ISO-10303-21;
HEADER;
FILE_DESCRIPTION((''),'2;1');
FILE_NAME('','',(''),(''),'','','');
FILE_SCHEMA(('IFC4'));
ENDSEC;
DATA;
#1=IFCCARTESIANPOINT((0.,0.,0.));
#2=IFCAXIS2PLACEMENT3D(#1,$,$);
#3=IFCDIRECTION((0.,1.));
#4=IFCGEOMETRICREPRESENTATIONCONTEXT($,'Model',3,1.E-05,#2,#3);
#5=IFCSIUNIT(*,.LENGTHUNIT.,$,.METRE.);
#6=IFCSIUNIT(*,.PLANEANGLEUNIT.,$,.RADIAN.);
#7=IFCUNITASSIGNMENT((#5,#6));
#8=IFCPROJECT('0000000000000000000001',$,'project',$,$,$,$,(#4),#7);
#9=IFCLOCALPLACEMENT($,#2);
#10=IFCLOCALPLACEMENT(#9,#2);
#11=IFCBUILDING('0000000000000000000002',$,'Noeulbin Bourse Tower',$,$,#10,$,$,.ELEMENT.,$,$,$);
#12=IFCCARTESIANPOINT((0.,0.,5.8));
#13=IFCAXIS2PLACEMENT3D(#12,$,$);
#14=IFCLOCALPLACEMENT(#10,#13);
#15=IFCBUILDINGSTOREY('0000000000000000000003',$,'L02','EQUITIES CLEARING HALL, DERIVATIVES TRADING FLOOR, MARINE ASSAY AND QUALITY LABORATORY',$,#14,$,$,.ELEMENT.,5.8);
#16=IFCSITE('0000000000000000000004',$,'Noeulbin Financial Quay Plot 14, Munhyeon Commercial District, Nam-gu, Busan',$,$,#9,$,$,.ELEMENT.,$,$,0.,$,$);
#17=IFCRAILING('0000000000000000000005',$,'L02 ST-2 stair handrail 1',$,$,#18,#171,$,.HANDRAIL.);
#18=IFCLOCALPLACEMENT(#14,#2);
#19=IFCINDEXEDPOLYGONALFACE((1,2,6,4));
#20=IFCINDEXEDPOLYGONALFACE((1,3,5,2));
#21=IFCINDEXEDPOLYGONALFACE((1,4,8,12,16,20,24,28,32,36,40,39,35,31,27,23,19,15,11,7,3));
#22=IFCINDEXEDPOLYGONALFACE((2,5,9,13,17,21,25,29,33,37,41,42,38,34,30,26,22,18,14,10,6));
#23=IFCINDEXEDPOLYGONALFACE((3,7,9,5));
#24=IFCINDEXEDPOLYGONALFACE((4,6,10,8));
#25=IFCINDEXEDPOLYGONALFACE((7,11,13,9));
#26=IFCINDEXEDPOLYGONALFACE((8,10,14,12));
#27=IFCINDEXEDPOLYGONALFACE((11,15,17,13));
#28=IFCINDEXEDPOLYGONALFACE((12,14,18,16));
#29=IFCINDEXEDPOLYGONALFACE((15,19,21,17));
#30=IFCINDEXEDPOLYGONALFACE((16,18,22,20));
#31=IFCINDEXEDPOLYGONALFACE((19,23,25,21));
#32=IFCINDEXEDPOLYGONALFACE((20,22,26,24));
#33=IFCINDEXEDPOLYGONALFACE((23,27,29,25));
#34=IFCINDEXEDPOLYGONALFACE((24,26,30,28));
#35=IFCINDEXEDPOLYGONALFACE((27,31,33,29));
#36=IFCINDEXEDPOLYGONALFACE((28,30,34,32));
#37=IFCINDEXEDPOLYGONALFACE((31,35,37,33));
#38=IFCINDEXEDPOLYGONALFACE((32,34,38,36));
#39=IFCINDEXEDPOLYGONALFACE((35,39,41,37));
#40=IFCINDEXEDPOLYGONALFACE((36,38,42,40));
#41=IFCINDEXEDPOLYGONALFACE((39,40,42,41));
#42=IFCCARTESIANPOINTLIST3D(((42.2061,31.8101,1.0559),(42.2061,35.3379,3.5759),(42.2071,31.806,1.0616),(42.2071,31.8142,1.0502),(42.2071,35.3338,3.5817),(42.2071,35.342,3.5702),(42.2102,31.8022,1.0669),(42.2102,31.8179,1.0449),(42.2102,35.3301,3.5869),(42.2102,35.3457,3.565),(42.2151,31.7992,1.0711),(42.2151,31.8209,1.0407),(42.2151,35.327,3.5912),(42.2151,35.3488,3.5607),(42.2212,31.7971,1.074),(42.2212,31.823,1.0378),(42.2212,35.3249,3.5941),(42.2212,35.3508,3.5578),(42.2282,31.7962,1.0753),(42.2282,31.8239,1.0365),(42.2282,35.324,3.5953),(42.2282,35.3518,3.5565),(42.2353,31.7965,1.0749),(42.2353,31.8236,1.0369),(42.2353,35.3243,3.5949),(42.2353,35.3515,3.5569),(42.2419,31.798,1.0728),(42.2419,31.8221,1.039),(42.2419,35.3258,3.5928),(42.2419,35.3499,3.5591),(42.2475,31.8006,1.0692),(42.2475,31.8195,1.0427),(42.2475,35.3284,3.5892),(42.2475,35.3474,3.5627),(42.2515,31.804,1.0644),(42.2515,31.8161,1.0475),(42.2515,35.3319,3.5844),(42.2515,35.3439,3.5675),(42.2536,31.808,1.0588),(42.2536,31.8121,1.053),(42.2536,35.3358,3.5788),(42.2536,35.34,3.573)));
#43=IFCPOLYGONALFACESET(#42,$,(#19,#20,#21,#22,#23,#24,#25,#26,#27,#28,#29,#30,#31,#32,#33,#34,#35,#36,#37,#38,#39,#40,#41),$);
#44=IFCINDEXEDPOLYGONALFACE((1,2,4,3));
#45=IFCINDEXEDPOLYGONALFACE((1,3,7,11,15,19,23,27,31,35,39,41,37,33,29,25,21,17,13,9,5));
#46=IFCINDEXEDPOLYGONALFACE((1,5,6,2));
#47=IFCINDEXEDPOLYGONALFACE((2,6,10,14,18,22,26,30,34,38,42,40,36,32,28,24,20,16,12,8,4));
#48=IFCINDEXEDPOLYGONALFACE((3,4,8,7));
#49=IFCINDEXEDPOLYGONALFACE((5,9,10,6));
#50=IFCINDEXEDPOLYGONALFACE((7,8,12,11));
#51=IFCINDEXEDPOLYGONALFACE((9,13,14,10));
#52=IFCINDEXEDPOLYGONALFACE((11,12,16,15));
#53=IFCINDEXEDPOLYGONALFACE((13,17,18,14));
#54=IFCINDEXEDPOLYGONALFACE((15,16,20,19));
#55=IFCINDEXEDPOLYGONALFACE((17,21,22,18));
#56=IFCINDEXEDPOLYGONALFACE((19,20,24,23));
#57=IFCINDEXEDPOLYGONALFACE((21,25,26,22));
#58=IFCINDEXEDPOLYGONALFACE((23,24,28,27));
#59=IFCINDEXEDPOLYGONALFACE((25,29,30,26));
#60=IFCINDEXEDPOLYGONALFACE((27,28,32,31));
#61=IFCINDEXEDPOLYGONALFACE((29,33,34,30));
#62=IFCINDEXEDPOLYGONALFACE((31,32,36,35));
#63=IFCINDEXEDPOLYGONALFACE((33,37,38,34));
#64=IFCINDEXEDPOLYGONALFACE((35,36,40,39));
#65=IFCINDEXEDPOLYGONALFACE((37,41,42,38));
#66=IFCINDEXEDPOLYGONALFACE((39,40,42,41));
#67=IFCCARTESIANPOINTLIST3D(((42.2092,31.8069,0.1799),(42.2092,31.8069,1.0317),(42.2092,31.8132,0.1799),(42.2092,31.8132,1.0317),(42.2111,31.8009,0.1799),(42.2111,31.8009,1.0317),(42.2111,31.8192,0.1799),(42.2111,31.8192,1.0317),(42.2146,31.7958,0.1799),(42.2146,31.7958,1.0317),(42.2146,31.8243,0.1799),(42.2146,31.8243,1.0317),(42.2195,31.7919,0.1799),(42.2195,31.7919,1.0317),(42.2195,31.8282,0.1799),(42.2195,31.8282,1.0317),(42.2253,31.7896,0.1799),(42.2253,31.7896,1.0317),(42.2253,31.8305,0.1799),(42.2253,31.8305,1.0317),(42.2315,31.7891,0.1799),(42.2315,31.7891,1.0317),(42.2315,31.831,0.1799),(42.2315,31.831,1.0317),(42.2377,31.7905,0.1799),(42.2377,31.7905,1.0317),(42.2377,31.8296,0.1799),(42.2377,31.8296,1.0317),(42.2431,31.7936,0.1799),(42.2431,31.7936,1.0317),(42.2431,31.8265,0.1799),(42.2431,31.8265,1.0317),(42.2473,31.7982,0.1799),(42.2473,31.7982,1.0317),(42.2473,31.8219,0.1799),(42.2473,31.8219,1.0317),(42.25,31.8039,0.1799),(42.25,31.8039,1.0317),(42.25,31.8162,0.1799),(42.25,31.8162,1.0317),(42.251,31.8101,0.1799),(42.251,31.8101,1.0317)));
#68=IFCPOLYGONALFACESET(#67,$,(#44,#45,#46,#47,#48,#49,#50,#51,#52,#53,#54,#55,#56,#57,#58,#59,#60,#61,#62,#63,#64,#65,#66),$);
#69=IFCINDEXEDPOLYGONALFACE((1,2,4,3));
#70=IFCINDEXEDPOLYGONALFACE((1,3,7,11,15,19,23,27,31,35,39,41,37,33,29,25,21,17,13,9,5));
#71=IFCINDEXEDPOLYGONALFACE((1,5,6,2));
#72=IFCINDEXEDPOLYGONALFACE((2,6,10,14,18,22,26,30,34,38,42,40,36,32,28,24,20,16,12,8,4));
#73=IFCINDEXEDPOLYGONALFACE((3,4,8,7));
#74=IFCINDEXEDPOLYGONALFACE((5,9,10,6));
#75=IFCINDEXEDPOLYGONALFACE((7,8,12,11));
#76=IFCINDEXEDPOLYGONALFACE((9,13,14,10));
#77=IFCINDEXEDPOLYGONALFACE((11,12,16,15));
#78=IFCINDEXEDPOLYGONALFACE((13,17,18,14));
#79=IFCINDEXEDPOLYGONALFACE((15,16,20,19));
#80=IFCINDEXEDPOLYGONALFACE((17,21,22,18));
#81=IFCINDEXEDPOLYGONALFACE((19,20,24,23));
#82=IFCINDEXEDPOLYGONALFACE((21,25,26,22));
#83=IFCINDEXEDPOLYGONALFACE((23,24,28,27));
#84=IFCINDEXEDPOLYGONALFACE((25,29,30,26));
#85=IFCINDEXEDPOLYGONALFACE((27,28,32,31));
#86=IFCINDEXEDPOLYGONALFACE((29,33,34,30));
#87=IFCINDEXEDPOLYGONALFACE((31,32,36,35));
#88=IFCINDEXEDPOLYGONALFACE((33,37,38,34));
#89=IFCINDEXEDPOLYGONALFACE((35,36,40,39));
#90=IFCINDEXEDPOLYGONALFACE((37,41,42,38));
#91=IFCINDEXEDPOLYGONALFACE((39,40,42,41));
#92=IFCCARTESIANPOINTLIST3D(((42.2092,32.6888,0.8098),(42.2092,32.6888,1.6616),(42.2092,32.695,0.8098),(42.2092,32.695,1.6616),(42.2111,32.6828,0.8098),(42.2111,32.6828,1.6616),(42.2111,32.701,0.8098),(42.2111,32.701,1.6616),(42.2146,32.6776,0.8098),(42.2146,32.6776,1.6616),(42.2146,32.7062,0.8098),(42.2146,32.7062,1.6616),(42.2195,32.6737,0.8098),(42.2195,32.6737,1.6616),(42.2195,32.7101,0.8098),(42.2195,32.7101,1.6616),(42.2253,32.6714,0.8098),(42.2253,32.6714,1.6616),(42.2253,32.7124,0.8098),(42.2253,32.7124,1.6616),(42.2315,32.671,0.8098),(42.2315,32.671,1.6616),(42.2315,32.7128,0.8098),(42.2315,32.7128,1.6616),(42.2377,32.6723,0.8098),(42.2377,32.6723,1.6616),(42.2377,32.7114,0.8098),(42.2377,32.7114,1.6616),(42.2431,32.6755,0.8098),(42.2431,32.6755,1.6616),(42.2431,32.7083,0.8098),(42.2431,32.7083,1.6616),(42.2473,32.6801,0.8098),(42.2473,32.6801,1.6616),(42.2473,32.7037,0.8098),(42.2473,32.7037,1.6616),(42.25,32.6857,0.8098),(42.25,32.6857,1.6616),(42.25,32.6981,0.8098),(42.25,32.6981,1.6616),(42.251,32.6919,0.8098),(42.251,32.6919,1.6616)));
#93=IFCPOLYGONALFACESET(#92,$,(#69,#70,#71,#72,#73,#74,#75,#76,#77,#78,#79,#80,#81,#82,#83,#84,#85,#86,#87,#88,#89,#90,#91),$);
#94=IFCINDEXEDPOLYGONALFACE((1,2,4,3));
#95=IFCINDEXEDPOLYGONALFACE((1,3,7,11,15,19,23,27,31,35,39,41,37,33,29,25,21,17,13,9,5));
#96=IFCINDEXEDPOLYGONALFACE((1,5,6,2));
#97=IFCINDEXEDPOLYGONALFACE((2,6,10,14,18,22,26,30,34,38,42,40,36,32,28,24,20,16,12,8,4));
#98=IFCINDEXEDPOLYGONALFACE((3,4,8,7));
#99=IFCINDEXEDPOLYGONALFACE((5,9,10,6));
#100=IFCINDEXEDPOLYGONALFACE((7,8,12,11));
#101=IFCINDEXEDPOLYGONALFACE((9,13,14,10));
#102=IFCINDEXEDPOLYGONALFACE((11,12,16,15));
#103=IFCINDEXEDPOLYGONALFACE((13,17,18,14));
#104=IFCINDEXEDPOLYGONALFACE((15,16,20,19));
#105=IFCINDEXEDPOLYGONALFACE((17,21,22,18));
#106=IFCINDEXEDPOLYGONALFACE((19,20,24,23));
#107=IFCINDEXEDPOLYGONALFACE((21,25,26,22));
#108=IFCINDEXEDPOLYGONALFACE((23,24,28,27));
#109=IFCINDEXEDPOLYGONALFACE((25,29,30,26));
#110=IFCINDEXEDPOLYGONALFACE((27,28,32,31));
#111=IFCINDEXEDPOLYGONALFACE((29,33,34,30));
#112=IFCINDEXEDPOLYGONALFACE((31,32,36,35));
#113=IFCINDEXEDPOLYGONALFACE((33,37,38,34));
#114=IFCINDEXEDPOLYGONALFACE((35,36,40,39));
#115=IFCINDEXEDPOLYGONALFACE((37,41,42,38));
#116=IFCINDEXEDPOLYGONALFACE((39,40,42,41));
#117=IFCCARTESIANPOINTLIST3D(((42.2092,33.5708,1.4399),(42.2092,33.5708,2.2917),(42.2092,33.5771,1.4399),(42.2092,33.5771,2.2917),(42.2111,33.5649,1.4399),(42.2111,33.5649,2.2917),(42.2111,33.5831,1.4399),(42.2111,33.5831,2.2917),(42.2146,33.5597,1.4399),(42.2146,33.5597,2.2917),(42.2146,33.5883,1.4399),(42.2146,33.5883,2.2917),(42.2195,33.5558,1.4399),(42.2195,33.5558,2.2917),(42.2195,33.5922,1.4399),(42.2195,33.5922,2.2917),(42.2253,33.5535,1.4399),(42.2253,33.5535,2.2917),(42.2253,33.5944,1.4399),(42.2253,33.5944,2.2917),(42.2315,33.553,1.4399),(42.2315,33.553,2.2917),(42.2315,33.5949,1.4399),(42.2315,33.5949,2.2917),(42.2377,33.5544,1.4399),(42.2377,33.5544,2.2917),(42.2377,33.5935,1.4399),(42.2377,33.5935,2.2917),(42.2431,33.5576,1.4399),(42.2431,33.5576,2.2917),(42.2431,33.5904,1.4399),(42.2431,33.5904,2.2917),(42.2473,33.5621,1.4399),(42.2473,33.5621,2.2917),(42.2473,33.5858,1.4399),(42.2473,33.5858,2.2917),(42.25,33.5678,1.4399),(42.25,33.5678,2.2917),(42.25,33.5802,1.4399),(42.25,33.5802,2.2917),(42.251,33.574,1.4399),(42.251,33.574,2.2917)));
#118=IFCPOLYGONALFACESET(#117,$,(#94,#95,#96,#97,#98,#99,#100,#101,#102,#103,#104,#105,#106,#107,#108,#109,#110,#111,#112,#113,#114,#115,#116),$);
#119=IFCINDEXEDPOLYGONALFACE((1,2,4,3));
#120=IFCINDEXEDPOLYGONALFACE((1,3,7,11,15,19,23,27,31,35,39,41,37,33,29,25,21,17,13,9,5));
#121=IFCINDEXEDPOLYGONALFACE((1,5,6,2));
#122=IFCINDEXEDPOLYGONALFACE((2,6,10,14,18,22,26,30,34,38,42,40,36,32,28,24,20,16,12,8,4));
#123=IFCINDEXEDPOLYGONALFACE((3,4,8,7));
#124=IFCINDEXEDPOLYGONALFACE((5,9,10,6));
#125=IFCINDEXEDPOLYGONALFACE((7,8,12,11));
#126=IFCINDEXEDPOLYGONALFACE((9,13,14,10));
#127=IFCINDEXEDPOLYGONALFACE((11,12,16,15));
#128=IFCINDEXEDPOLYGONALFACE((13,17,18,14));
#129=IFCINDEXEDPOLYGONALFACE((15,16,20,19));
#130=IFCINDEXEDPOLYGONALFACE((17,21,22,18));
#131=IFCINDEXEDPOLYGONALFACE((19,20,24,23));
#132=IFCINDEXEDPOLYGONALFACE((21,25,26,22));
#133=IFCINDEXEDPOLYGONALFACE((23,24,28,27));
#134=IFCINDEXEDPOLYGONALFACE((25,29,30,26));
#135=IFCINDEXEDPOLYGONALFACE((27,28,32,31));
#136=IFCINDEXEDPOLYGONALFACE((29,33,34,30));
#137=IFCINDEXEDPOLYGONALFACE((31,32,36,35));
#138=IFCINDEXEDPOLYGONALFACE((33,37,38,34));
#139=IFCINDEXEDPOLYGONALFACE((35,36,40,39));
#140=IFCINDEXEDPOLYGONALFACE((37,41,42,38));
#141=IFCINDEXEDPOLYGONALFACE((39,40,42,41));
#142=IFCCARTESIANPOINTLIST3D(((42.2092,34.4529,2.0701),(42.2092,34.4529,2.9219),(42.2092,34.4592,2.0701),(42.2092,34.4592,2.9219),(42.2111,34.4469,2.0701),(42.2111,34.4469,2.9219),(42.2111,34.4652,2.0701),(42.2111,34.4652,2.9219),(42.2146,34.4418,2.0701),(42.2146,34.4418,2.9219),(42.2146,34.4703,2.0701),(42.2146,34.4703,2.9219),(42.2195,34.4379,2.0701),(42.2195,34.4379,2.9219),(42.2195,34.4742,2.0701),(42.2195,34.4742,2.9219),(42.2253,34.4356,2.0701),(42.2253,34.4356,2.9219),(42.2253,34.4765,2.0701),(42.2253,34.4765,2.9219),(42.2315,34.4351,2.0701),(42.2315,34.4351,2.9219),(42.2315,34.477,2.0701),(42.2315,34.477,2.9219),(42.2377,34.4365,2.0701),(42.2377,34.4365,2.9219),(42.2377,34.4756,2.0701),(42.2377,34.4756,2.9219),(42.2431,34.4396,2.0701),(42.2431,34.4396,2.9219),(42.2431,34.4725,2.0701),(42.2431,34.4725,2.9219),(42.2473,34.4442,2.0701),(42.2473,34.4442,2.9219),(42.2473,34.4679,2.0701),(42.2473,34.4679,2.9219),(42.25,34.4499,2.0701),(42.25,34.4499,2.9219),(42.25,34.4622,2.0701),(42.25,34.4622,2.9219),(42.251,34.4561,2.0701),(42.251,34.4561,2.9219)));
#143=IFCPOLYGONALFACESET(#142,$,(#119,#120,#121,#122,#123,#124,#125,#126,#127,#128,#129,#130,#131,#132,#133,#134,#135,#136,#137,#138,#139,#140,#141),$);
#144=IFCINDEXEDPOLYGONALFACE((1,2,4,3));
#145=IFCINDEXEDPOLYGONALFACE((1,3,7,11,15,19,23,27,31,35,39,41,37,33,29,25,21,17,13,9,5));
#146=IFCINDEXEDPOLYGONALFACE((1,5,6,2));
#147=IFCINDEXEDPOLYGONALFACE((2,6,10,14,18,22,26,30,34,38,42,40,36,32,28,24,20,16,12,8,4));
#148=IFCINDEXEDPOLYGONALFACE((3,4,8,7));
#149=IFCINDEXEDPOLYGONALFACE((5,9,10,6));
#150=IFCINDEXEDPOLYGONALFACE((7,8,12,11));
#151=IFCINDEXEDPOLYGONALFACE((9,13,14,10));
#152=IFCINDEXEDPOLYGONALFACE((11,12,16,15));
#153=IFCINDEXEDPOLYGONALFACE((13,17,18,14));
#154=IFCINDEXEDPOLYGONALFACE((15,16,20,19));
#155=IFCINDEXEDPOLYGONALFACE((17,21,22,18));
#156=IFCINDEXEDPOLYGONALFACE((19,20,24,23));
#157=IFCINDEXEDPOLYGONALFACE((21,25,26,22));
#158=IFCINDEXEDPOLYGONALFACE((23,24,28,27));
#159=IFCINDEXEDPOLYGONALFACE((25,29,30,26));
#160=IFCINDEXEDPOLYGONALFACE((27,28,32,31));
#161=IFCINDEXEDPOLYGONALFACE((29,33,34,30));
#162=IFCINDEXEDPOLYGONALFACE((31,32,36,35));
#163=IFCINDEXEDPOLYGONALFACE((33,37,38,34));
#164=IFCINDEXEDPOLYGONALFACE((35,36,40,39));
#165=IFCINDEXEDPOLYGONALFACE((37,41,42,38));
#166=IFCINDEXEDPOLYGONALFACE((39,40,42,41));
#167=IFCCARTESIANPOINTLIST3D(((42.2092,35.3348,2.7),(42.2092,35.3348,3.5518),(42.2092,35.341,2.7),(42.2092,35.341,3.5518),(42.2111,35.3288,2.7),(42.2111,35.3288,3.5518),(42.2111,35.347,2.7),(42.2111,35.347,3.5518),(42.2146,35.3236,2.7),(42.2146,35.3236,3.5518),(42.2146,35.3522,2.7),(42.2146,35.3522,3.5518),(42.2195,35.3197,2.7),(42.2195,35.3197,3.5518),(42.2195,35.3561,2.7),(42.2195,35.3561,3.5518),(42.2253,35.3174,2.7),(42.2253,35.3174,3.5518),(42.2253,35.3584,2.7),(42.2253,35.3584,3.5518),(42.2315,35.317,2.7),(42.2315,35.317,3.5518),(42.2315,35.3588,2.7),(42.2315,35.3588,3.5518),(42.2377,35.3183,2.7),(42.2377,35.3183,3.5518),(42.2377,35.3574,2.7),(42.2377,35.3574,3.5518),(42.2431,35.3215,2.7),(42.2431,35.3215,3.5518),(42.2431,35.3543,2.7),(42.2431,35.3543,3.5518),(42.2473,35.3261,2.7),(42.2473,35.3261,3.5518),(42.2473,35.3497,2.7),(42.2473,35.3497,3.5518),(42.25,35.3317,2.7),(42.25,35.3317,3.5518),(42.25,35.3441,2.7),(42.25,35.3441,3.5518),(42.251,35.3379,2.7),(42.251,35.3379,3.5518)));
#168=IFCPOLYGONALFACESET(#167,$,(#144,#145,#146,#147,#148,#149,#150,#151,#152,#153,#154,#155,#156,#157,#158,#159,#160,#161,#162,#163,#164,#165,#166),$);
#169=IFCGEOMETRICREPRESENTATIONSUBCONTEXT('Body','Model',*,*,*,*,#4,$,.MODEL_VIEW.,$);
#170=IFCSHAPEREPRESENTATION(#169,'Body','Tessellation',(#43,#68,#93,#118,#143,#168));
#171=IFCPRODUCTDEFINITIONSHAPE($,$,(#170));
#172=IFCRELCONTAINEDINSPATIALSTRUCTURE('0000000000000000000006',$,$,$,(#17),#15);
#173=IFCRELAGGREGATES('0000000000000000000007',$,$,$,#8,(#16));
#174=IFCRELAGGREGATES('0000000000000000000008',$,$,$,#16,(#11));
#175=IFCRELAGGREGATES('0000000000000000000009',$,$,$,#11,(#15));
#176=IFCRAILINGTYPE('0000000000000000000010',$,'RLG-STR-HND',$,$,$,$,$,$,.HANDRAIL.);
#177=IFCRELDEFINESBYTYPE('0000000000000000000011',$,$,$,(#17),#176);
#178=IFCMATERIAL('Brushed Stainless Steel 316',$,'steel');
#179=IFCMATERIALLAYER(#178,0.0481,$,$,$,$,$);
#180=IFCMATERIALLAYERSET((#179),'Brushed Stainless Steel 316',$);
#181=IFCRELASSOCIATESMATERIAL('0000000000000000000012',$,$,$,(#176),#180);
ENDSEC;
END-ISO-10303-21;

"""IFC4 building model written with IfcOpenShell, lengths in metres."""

from ifc_helpers import new_model, si_unit, direction, frame, origin, origin_2d, place, context, subcontext, project, spatial, circle, extrude, material, layer, layer_set, type_object, element, save


model = new_model("IFC4")

# Units and contexts
model_context = context("Model", 3, precision=1e-05, world=origin(), true_north=direction((0.0, 1.0)))
body_context = subcontext(model_context, "Body", "Model", "MODEL_VIEW")
ifc_project = project(units=[si_unit("LENGTHUNIT", "METRE"), si_unit("PLANEANGLEUNIT", "RADIAN")], contexts=[model_context])

# Site, building, storey
site_placement = place(None, origin())
site = spatial("IfcSite", under=ifc_project, at=site_placement, Name="Noeulbin Financial Quay Plot 14, Munhyeon Commercial District, Nam-gu, Busan", CompositionType="ELEMENT", RefElevation=0.0)
building_placement = place(site_placement, origin())
building = spatial("IfcBuilding", under=site, at=building_placement, Name="Noeulbin Bourse Tower", CompositionType="ELEMENT")
storey_placement = place(building_placement, frame((0.0, 0.0, 5.8)))
storey = spatial("IfcBuildingStorey", under=building, at=storey_placement, Name="L02", Description="EQUITIES CLEARING HALL, DERIVATIVES TRADING FLOOR, MARINE ASSAY AND QUALITY LABORATORY", CompositionType="ELEMENT", Elevation=5.8)

# Railing
ifc_material_1 = material(Name="Brushed Stainless Steel 316", Category="steel")
ifc_layer_1 = layer(ifc_material_1, 0.0481)
ifc_layer_set_1 = layer_set([ifc_layer_1], Name="Brushed Stainless Steel 316")
railing_type_1 = type_object("IfcRailingType", Name="RLG-STR-HND", PredefinedType="HANDRAIL", material=ifc_layer_set_1)
railing_1_placement = place(storey_placement, frame((42.23, 31.8101, 0.1799)))
element("IfcRailing", 1, at=railing_1_placement, inside=storey, type_object=railing_type_1, Name="L02 ST-2 stair handrail 1", PredefinedType="HANDRAIL", context=body_context, shape_type="SweptSolid", body=[
    extrude(circle(Radius=0.0239, at=origin_2d()), frame((0.0, 0.0, 0.876), z_axis=(0.0, 0.813718, 0.58126), x_axis=(-1.0, 0.0, 0.0)), (0.0, 0.0, 1.0), 4.3354),
    extrude(circle(Radius=0.021, at=origin_2d()), origin(), (0.0, 0.0, 1.0), 0.8518),
    extrude(circle(Radius=0.021, at=origin_2d()), frame((0.0, 0.8818, 0.6299)), (0.0, 0.0, 1.0), 0.8518),
    extrude(circle(Radius=0.021, at=origin_2d()), frame((0.0, 1.7639, 1.26)), (0.0, 0.0, 1.0), 0.8518),
    extrude(circle(Radius=0.021, at=origin_2d()), frame((0.0, 2.646, 1.8901)), (0.0, 0.0, 1.0), 0.8518),
    extrude(circle(Radius=0.021, at=origin_2d()), frame((0.0, 3.5278, 2.52)), (0.0, 0.0, 1.0), 0.8518),
])

save(model, "model.ifc")
